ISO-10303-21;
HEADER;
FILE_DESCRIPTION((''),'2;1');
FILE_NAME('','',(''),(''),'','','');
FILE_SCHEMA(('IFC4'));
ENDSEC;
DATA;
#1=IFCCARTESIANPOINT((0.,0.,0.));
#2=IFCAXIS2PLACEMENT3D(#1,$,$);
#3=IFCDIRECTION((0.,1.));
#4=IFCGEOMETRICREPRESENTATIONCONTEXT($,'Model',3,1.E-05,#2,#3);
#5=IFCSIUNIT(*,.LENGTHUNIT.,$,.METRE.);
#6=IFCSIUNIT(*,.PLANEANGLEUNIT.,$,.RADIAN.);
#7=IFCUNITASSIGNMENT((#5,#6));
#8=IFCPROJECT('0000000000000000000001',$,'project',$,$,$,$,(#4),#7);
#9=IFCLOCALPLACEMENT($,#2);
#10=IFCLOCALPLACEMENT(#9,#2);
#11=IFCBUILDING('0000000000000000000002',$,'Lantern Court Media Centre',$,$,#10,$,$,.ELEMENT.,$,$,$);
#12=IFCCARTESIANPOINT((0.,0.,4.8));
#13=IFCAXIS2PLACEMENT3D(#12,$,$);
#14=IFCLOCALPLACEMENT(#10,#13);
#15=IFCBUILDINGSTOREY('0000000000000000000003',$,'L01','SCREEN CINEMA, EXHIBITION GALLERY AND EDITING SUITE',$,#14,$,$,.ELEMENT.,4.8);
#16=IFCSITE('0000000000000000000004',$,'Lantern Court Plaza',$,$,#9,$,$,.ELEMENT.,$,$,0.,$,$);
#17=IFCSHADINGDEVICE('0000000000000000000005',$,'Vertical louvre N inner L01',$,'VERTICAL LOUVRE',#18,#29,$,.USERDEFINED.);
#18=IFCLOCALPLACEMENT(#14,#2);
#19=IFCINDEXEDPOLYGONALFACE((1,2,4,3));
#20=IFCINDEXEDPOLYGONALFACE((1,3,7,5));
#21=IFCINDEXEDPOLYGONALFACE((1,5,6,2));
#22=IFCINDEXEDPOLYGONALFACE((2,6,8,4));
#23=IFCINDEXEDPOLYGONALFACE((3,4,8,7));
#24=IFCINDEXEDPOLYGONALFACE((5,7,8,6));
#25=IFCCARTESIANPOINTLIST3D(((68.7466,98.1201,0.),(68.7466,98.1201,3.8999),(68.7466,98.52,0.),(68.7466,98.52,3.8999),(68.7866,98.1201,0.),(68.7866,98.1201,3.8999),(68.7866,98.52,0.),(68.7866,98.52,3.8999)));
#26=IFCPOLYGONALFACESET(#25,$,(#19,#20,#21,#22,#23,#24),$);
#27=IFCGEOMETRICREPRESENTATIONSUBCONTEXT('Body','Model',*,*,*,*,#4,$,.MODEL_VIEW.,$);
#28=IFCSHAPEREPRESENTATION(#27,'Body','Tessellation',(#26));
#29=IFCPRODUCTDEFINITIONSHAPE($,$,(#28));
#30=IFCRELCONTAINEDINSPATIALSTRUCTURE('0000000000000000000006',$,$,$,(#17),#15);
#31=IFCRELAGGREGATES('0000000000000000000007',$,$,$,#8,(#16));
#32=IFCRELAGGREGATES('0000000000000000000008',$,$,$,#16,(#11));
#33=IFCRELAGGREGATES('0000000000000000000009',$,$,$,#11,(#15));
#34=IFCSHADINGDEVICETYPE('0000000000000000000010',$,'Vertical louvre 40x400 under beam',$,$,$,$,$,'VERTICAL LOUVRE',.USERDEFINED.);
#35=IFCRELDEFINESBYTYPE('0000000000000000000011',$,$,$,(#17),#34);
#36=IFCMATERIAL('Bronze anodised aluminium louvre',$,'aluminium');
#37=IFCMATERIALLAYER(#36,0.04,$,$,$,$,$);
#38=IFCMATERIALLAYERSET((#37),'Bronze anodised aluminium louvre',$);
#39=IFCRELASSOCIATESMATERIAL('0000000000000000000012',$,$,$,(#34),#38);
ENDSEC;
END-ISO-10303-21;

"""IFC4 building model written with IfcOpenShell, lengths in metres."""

from ifc_helpers import new_model, si_unit, direction, frame, origin, origin_2d, place, context, subcontext, project, spatial, rectangle, extrude, material, layer, layer_set, type_object, element, save


model = new_model("IFC4")

# Units and contexts
model_context = context("Model", 3, precision=1e-05, world=origin(), true_north=direction((0.0, 1.0)))
body_context = subcontext(model_context, "Body", "Model", "MODEL_VIEW")
ifc_project = project(units=[si_unit("LENGTHUNIT", "METRE"), si_unit("PLANEANGLEUNIT", "RADIAN")], contexts=[model_context])

# Site, building, storey
site_placement = place(None, origin())
site = spatial("IfcSite", under=ifc_project, at=site_placement, Name="Lantern Court Plaza", CompositionType="ELEMENT", RefElevation=0.0)
building_placement = place(site_placement, origin())
building = spatial("IfcBuilding", under=site, at=building_placement, Name="Lantern Court Media Centre", CompositionType="ELEMENT")
storey_placement = place(building_placement, frame((0.0, 0.0, 4.8)))
storey = spatial("IfcBuildingStorey", under=building, at=storey_placement, Name="L01", Description="SCREEN CINEMA, EXHIBITION GALLERY AND EDITING SUITE", CompositionType="ELEMENT", Elevation=4.8)

# Shading device
ifc_material_1 = material(Name="Bronze anodised aluminium louvre", Category="aluminium")
ifc_layer_1 = layer(ifc_material_1, 0.04)
ifc_layer_set_1 = layer_set([ifc_layer_1], Name="Bronze anodised aluminium louvre")
shading_device_type = type_object("IfcShadingDeviceType", Name="Vertical louvre 40x400 under beam", ElementType="VERTICAL LOUVRE", PredefinedType="USERDEFINED", material=ifc_layer_set_1)
shading_device_placement = place(storey_placement, frame((68.7666, 98.3201, 0.0), z_axis=(0.0, 0.0, 1.0), x_axis=(1.0, 0.0, 0.0)))
element("IfcShadingDevice", 1, at=shading_device_placement, inside=storey, type_object=shading_device_type, Name="Vertical louvre N inner L01", ObjectType="VERTICAL LOUVRE", PredefinedType="USERDEFINED", context=body_context, shape_type="SweptSolid", body=[
    extrude(rectangle(XDim=0.04, YDim=0.3999, at=origin_2d()), origin(), (0.0, 0.0, 1.0), 3.8999),
])

save(model, "model.ifc")
